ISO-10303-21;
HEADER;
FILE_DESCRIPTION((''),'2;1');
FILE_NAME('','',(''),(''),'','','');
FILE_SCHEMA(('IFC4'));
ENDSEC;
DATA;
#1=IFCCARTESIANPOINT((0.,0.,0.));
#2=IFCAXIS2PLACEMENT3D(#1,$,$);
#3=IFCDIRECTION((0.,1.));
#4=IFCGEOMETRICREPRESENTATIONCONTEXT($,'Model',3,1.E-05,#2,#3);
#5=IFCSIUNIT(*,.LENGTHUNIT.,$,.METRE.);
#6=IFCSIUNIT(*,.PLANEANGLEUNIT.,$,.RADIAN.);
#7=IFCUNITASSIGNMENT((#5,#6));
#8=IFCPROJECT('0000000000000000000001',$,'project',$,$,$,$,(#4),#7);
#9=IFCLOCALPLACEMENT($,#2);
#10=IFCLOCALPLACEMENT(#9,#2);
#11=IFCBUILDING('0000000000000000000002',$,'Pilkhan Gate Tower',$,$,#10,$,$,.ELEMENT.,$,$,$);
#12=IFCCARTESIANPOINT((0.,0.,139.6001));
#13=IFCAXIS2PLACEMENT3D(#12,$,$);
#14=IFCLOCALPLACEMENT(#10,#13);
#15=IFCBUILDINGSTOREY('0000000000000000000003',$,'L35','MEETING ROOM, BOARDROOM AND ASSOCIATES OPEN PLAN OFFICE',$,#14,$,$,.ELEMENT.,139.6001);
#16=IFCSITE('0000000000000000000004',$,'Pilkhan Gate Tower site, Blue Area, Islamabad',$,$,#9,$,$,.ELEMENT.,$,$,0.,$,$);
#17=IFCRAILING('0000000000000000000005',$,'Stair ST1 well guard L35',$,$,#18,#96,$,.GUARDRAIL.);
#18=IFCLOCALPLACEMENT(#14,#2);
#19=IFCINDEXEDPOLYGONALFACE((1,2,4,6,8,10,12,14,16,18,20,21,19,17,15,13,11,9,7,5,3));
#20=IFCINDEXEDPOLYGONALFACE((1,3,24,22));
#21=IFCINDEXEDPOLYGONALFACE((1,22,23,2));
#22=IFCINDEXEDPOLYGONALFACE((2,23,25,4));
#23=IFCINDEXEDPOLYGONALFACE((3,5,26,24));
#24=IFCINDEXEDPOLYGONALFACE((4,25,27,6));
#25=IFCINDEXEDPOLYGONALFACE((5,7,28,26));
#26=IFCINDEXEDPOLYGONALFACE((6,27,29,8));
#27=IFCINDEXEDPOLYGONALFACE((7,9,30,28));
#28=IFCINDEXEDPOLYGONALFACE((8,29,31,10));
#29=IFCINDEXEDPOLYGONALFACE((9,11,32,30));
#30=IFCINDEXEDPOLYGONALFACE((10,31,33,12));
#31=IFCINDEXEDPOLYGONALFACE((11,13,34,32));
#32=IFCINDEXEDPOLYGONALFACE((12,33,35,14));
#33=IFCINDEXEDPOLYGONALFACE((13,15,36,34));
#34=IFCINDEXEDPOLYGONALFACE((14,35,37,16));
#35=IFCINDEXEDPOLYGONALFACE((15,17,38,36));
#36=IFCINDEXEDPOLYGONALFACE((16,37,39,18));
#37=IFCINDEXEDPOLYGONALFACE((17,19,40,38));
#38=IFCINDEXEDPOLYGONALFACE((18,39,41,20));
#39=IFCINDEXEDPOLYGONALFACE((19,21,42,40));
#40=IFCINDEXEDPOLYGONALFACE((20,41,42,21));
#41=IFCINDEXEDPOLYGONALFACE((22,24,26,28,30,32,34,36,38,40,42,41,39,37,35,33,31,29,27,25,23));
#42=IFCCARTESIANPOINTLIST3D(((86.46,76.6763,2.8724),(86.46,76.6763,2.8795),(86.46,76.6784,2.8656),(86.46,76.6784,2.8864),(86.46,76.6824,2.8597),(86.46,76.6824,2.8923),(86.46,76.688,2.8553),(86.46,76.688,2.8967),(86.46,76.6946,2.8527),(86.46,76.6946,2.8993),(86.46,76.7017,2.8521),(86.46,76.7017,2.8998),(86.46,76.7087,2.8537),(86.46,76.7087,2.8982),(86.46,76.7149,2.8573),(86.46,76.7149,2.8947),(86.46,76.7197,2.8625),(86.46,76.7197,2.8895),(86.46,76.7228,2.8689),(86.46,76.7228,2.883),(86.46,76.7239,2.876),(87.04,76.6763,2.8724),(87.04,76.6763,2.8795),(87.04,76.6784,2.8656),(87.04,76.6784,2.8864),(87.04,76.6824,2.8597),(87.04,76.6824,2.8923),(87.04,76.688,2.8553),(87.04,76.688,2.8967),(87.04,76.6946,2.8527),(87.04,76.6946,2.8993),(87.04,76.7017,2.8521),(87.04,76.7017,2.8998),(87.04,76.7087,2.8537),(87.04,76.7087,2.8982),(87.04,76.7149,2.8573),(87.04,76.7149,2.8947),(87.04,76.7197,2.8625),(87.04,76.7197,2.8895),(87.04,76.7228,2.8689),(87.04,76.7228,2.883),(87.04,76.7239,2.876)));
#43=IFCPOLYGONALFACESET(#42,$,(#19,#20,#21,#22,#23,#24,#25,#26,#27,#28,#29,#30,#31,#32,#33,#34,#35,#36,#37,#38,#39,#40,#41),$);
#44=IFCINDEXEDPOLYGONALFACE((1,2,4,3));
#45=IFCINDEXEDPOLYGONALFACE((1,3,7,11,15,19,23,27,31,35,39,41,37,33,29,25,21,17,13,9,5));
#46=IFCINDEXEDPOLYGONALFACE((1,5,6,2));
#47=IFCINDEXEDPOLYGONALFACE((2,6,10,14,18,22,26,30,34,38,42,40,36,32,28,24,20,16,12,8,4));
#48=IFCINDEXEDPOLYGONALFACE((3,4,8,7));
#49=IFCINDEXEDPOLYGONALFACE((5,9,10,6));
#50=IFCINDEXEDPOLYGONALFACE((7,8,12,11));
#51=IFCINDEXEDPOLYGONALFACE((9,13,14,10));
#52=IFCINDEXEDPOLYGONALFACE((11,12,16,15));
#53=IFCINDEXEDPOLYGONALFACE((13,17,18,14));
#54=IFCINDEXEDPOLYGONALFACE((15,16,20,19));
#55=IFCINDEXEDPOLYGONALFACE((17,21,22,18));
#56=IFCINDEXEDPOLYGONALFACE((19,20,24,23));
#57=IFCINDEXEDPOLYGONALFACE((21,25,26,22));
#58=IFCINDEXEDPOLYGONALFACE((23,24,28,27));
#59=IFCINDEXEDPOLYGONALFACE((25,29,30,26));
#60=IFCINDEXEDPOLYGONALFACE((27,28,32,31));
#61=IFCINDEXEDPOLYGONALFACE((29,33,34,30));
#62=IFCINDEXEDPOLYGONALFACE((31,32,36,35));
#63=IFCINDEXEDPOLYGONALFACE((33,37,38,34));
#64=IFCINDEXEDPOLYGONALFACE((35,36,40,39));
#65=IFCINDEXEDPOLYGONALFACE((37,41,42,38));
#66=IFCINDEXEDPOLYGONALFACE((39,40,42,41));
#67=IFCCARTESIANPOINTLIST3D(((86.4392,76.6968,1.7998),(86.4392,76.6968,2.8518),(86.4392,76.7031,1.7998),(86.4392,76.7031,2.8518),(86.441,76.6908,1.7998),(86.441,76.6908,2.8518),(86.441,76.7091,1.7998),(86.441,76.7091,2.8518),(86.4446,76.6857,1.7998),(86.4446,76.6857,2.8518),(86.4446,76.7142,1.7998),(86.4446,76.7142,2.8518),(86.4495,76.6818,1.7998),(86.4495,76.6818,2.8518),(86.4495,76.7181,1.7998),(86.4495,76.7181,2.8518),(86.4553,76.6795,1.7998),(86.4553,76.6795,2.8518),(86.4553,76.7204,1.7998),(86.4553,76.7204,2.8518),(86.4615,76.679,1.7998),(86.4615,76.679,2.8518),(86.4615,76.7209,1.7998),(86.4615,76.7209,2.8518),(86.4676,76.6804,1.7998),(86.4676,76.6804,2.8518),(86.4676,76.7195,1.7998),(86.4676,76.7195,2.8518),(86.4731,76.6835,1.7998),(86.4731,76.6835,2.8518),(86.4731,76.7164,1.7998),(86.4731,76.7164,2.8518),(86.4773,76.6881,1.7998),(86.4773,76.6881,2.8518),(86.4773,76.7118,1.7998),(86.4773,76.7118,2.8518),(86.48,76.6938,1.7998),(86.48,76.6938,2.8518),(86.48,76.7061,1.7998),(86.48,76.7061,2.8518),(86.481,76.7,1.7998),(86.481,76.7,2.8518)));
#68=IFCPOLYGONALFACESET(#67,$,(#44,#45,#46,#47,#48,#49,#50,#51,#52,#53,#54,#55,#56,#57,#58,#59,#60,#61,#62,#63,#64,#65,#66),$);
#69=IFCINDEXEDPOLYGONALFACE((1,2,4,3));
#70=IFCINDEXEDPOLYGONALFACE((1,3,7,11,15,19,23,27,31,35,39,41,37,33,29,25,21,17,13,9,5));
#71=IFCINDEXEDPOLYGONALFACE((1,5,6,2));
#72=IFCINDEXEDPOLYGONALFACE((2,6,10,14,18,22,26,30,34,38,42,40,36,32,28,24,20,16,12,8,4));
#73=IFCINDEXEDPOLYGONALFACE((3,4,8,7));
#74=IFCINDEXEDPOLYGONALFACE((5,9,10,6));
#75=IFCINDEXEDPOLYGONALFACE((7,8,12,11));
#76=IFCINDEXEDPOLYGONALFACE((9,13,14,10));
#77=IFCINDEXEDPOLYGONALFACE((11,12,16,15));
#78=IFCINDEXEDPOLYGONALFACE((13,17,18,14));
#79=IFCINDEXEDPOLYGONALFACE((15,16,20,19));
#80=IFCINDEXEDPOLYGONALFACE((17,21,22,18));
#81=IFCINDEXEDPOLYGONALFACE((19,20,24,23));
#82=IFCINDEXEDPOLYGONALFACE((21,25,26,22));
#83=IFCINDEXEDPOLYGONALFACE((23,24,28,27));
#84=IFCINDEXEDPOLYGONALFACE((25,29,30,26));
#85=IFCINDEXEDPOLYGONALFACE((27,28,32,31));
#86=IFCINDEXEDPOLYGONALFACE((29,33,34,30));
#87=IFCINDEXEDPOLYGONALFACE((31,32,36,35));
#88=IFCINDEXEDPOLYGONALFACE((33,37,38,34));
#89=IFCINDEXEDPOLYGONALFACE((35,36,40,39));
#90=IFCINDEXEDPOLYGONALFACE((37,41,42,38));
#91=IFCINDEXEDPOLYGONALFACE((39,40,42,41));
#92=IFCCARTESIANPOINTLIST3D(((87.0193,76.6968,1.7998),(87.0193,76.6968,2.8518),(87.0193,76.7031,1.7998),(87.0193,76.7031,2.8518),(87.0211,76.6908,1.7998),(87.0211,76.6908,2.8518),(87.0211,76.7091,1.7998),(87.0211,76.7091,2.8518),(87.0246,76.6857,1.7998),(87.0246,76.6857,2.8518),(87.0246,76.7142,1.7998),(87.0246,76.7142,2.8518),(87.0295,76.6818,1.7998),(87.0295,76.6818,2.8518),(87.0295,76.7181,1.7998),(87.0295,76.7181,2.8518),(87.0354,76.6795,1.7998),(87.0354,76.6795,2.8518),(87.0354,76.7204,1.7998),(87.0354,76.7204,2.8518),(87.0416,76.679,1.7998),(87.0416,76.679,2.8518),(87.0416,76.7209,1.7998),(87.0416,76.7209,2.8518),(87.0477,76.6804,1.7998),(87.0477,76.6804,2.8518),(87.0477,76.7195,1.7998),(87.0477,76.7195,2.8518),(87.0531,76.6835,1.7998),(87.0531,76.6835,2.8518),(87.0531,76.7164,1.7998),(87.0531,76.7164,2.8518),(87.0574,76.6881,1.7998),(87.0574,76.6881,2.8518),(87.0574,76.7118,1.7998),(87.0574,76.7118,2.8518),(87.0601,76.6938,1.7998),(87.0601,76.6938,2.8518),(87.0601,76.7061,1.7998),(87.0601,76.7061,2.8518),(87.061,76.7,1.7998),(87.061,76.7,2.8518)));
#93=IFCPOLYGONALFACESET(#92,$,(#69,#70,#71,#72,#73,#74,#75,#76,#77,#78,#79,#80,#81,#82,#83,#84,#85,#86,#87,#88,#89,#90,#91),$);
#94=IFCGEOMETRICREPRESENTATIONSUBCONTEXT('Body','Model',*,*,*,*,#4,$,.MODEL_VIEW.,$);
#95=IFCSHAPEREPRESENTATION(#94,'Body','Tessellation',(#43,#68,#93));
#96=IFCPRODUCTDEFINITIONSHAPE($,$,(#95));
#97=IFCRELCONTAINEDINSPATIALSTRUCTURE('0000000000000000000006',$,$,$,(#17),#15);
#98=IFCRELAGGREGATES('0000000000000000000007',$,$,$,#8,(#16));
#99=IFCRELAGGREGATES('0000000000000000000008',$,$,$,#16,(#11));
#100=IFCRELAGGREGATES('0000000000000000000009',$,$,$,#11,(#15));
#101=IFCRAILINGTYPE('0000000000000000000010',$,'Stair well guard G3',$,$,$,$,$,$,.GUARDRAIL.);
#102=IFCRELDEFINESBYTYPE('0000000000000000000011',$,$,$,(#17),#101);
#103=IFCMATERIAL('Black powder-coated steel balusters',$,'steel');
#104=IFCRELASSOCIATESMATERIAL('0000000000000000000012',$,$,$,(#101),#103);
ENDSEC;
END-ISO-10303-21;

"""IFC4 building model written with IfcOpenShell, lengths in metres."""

from ifc_helpers import new_model, si_unit, direction, frame, origin, origin_2d, place, context, subcontext, project, spatial, circle, extrude, material, type_object, element, save


model = new_model("IFC4")

# Units and contexts
model_context = context("Model", 3, precision=1e-05, world=origin(), true_north=direction((0.0, 1.0)))
body_context = subcontext(model_context, "Body", "Model", "MODEL_VIEW")
ifc_project = project(units=[si_unit("LENGTHUNIT", "METRE"), si_unit("PLANEANGLEUNIT", "RADIAN")], contexts=[model_context])

# Site, building, storey
site_placement = place(None, origin())
site = spatial("IfcSite", under=ifc_project, at=site_placement, Name="Pilkhan Gate Tower site, Blue Area, Islamabad", CompositionType="ELEMENT", RefElevation=0.0)
building_placement = place(site_placement, origin())
building = spatial("IfcBuilding", under=site, at=building_placement, Name="Pilkhan Gate Tower", CompositionType="ELEMENT")
storey_placement = place(building_placement, frame((0.0, 0.0, 139.6001)))
storey = spatial("IfcBuildingStorey", under=building, at=storey_placement, Name="L35", Description="MEETING ROOM, BOARDROOM AND ASSOCIATES OPEN PLAN OFFICE", CompositionType="ELEMENT", Elevation=139.6001)

# Railing
ifc_material_1 = material(Name="Black powder-coated steel balusters", Category="steel")
railing_type_1 = type_object("IfcRailingType", Name="Stair well guard G3", PredefinedType="GUARDRAIL", material=ifc_material_1)
railing_1_placement = place(storey_placement, frame((86.46, 76.7, 1.7998)))
element("IfcRailing", 1, at=railing_1_placement, inside=storey, type_object=railing_type_1, Name="Stair ST1 well guard L35", PredefinedType="GUARDRAIL", context=body_context, shape_type="SweptSolid", body=[
    extrude(circle(Radius=0.0239, at=origin_2d()), frame((0.0, 0.0, 1.0762), z_axis=(1.0, 0.0, 0.0), x_axis=(0.0, 1.0, 0.0)), (0.0, 0.0, 1.0), 0.5801),
    extrude(circle(Radius=0.021, at=origin_2d()), origin(), (0.0, 0.0, 1.0), 1.052),
    extrude(circle(Radius=0.021, at=origin_2d()), frame((0.5801, 0.0, 0.0)), (0.0, 0.0, 1.0), 1.052),
])

save(model, "model.ifc")
